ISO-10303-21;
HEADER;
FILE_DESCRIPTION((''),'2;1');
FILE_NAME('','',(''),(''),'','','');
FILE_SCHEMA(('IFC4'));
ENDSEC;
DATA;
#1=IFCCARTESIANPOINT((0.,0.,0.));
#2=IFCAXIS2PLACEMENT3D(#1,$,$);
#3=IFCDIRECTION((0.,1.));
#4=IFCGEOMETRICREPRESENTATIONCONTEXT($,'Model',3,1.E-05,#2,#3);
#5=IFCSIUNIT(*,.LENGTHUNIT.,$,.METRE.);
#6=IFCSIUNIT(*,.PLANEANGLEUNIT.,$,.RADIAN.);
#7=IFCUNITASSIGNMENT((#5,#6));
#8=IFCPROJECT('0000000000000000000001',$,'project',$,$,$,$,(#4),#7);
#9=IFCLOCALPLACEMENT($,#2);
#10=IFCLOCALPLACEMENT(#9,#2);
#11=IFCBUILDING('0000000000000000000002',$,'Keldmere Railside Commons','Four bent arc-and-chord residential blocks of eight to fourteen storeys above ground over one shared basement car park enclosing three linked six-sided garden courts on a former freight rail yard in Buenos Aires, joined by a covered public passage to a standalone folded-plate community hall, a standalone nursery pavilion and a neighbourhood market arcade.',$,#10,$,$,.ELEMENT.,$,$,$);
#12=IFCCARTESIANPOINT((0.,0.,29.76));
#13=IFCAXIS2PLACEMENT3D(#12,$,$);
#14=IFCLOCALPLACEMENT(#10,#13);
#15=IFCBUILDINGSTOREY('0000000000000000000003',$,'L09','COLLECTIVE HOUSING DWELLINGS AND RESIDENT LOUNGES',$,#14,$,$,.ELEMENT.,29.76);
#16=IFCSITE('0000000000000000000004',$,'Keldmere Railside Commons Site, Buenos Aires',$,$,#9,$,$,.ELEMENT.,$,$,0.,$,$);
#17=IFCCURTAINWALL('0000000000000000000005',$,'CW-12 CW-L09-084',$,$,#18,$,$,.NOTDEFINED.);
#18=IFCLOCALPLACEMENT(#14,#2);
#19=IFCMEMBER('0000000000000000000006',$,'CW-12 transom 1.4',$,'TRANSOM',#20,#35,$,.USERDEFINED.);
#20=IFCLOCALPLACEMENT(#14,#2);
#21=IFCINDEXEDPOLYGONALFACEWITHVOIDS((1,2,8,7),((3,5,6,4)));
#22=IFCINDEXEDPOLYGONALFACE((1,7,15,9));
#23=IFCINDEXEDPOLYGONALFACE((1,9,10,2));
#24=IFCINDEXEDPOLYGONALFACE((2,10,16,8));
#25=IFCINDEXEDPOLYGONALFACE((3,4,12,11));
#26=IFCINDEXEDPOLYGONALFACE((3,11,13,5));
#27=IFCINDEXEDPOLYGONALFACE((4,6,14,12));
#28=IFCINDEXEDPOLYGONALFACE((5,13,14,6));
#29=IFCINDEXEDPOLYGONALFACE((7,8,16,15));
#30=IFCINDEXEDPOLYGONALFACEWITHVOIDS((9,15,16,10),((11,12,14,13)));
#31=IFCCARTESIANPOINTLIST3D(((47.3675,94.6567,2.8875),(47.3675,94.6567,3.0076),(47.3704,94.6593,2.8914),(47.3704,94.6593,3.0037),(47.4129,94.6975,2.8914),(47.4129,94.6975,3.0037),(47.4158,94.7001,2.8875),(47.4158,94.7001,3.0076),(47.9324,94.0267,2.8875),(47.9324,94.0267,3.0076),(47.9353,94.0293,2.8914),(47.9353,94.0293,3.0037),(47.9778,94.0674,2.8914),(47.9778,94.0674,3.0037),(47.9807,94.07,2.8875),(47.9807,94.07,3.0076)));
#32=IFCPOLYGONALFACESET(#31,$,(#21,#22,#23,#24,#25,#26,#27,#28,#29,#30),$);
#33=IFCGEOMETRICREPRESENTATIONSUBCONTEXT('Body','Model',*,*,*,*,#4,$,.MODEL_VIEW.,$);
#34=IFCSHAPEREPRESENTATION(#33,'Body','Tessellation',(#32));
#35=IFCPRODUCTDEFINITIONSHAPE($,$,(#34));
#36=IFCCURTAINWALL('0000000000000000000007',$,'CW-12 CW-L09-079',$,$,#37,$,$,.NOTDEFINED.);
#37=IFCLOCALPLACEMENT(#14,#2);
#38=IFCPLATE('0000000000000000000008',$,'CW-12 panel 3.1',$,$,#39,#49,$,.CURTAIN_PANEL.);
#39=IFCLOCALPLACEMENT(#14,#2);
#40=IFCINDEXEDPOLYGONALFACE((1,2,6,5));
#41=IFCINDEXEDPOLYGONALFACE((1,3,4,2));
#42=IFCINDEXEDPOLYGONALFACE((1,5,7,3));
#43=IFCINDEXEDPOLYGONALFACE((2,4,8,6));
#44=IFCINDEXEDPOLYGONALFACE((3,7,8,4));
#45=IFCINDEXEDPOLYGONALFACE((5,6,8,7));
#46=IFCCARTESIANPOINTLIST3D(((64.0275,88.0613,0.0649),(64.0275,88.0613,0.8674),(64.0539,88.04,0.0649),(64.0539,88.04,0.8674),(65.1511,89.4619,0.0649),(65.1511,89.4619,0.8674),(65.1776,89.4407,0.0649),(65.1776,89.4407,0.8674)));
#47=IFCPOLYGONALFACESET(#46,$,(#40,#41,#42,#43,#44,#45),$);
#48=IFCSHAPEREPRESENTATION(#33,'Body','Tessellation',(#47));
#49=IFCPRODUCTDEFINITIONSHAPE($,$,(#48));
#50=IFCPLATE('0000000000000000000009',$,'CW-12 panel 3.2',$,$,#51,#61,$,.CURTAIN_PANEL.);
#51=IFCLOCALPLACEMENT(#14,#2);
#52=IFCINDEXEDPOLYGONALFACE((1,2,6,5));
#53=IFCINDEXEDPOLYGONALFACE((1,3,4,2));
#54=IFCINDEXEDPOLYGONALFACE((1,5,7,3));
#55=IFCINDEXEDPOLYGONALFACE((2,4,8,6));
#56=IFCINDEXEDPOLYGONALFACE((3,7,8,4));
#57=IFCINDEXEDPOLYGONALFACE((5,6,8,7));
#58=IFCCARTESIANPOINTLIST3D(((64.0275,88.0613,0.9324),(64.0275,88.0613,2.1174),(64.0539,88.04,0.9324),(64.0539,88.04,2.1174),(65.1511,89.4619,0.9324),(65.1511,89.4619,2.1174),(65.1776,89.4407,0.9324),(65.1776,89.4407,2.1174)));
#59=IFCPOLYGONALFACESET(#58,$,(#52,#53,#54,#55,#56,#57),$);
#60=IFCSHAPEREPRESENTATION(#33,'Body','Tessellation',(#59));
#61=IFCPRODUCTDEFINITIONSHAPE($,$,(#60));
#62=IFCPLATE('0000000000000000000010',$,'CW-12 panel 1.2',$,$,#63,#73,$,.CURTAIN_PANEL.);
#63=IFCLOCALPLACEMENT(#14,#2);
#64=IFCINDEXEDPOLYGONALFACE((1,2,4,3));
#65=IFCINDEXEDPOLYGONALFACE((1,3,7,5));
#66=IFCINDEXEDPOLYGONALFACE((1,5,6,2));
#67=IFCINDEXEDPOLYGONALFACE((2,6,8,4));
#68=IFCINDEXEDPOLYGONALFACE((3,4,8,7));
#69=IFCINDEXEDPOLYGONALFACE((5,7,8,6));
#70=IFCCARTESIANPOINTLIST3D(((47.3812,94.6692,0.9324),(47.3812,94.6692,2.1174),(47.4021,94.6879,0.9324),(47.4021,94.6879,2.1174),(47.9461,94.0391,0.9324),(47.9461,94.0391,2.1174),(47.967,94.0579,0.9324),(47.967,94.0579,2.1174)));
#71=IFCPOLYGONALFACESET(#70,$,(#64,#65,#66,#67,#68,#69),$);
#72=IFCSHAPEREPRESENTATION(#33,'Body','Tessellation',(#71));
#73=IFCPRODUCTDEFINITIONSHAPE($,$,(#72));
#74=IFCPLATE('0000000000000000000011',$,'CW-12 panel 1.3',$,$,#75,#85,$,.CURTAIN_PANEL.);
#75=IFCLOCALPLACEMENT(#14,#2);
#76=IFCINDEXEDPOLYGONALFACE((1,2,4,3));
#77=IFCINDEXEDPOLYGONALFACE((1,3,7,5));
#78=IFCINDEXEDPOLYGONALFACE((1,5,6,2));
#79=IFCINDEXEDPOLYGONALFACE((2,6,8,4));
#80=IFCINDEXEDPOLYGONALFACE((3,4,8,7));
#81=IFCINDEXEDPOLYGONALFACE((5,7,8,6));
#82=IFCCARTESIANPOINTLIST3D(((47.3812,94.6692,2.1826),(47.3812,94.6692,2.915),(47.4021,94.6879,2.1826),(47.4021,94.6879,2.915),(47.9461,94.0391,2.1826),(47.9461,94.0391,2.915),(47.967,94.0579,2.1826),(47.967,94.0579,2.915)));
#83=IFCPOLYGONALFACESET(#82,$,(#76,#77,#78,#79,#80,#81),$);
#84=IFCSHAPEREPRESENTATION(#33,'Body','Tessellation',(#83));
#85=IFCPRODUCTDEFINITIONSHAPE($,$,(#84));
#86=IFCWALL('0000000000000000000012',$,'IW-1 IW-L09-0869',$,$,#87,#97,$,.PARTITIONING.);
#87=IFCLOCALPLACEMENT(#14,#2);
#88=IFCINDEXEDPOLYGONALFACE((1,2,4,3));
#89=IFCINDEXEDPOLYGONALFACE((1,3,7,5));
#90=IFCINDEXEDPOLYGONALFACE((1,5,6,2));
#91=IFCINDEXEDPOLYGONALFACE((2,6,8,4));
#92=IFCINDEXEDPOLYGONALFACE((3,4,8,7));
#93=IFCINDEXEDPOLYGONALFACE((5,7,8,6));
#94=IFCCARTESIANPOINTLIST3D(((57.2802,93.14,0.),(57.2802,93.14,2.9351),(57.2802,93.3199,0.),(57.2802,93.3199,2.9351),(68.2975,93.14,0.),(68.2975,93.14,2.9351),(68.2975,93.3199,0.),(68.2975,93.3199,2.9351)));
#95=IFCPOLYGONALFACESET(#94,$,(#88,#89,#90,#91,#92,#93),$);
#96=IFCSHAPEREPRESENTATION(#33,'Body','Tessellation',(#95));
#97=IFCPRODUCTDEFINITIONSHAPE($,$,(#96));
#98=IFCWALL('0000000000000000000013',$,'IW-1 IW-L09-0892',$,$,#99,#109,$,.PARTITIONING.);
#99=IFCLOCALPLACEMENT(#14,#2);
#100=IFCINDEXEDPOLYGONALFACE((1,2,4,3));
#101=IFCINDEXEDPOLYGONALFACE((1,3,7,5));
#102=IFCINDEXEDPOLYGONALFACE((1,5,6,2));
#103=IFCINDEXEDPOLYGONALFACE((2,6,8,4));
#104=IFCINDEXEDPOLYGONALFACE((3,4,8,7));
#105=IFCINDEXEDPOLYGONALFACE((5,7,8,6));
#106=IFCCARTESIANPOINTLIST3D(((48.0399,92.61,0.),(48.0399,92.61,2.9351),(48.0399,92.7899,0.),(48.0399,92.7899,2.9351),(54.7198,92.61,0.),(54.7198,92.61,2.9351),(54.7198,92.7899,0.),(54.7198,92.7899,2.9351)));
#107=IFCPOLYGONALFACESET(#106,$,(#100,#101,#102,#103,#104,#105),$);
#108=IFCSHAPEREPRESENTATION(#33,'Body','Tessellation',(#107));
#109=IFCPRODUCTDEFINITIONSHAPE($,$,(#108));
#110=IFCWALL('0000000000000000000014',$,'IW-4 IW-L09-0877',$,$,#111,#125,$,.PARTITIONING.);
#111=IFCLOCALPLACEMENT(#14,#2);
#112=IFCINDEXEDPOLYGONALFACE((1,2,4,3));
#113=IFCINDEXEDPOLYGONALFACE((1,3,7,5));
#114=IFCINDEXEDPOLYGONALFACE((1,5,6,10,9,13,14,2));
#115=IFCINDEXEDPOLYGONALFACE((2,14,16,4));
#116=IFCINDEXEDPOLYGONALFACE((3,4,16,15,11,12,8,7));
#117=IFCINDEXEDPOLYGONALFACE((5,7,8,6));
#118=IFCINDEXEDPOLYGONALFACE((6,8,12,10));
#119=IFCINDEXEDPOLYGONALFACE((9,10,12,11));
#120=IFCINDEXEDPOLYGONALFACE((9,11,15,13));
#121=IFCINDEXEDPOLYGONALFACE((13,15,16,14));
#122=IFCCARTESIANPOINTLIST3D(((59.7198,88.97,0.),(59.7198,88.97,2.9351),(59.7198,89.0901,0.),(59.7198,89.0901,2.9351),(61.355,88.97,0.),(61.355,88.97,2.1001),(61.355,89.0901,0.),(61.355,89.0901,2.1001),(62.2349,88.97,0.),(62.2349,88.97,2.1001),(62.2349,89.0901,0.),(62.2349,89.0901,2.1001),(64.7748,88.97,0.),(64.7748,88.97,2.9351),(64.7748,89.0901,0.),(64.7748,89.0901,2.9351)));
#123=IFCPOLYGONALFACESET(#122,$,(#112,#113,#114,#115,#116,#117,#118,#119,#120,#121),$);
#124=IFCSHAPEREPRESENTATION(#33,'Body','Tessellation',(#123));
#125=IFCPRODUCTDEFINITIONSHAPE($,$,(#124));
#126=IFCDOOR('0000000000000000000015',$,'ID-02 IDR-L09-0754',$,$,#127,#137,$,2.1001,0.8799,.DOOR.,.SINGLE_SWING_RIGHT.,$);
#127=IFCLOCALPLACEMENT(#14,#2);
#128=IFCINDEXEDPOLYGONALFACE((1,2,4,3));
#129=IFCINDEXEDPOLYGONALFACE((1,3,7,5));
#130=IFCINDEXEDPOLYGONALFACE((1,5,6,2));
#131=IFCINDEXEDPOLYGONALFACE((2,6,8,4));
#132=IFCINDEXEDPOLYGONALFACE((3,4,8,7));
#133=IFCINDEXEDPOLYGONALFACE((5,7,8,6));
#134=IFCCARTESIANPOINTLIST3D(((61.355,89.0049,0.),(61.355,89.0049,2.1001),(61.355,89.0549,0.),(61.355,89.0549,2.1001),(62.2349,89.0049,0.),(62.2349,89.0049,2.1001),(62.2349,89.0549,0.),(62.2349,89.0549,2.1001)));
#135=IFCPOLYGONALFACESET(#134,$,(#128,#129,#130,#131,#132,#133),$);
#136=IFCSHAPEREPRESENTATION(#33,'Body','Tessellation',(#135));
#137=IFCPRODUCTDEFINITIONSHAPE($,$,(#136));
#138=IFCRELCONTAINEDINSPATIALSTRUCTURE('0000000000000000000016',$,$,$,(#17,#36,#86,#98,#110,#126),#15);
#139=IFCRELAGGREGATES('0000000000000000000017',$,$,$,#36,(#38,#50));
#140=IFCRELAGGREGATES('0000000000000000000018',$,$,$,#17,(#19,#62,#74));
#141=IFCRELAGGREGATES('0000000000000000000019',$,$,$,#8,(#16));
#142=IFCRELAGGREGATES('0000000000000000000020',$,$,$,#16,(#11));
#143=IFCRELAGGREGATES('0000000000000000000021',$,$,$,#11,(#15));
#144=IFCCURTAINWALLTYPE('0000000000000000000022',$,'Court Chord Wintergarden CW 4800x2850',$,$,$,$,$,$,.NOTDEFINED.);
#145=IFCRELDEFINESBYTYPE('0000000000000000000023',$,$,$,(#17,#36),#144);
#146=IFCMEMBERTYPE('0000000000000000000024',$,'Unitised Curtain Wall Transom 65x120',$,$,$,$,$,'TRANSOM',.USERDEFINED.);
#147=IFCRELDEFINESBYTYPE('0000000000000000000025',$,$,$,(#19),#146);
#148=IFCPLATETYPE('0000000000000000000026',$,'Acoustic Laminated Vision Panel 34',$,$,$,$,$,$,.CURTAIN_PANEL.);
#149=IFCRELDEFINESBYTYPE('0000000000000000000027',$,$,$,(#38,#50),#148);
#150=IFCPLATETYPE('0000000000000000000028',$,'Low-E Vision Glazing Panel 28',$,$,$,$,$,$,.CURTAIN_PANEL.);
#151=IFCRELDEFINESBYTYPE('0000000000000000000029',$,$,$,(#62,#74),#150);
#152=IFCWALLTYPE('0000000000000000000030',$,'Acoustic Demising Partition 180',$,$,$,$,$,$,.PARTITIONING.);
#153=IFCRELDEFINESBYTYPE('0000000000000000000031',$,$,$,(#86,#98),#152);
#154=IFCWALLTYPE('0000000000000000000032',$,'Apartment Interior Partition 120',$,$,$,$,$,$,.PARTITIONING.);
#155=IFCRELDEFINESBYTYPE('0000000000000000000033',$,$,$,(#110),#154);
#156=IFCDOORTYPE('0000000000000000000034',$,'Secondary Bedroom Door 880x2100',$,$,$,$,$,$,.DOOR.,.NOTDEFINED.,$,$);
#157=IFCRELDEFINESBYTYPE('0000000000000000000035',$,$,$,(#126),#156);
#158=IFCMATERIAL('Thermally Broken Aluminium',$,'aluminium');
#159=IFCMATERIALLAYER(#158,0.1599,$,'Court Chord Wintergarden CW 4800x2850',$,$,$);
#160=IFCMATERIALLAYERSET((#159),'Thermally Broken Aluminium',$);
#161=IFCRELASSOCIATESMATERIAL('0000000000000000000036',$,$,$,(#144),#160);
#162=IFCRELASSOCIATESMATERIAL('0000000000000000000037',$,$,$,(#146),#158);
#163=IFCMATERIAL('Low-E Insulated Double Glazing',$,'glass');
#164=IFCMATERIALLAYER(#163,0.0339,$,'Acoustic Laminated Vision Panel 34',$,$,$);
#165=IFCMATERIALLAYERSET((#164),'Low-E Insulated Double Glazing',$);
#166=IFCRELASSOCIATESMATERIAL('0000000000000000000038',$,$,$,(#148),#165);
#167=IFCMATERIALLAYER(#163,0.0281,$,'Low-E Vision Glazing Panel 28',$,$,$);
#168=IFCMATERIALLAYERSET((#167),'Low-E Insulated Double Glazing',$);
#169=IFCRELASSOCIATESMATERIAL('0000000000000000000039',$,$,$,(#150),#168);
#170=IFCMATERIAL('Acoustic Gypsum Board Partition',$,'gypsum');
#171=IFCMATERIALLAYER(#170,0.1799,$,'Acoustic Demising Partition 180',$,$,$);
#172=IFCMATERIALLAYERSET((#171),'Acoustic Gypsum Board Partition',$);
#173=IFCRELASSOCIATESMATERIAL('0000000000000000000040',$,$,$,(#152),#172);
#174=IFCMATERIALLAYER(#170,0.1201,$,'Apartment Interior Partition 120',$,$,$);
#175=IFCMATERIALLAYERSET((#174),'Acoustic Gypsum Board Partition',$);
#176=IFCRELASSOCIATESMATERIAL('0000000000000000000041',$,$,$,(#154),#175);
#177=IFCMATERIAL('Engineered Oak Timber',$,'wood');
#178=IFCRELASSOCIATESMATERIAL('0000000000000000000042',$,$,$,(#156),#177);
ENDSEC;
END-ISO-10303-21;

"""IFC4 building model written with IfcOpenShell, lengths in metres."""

from ifc_helpers import new_model, si_unit, direction, frame, frame_2d, origin, origin_2d, place, context, subcontext, project, spatial, rectangle, hollow_rectangle, extrude, material, layer, layer_set, material_profile, profile_set, type_object, element, fill, aggregate, save


model = new_model("IFC4")

# Units and contexts
model_context = context("Model", 3, precision=1e-05, world=origin(), true_north=direction((0.0, 1.0)))
body_context = subcontext(model_context, "Body", "Model", "MODEL_VIEW")
ifc_project = project(units=[si_unit("LENGTHUNIT", "METRE"), si_unit("PLANEANGLEUNIT", "RADIAN")], contexts=[model_context])

# Site, building, storey
site_placement = place(None, origin())
site = spatial("IfcSite", under=ifc_project, at=site_placement, Name="Keldmere Railside Commons Site, Buenos Aires", CompositionType="ELEMENT", RefElevation=0.0)
building_placement = place(site_placement, origin())
building = spatial("IfcBuilding", under=site, at=building_placement, Name="Keldmere Railside Commons", Description="Four bent arc-and-chord residential blocks of eight to fourteen storeys above ground over one shared basement car park enclosing three linked six-sided garden courts on a former freight rail yard in Buenos Aires, joined by a covered public passage to a standalone folded-plate community hall, a standalone nursery pavilion and a neighbourhood market arcade.", CompositionType="ELEMENT")
storey_placement = place(building_placement, frame((0.0, 0.0, 29.76)))
storey = spatial("IfcBuildingStorey", under=building, at=storey_placement, Name="L09", Description="COLLECTIVE HOUSING DWELLINGS AND RESIDENT LOUNGES", CompositionType="ELEMENT", Elevation=29.76)

# Curtain wall, member
ifc_material_1 = material(Name="Thermally Broken Aluminium", Category="aluminium")
ifc_layer_1 = layer(ifc_material_1, 0.1599, Name="Court Chord Wintergarden CW 4800x2850")
ifc_layer_set_1 = layer_set([ifc_layer_1], Name="Thermally Broken Aluminium")
curtain_wall_type = type_object("IfcCurtainWallType", Name="Court Chord Wintergarden CW 4800x2850", PredefinedType="NOTDEFINED", material=ifc_layer_set_1)
curtain_wall_1_placement = place(storey_placement, origin())
curtain_wall_1 = element("IfcCurtainWall", 1, at=curtain_wall_1_placement, inside=storey, type_object=curtain_wall_type, Name="CW-12 CW-L09-084", PredefinedType="NOTDEFINED")
ifc_material_profile_1 = material_profile(ifc_material_1, hollow_rectangle(XDim=0.0649, YDim=0.1201, WallThickness=0.0039, at=origin_2d()), Name="ALU-TRAN-65x120")
ifc_profile_set_1 = profile_set([ifc_material_profile_1], Name="Thermally Broken Aluminium")
member_type_1 = type_object("IfcMemberType", Name="Unitised Curtain Wall Transom 65x120", ElementType="TRANSOM", PredefinedType="USERDEFINED", material=ifc_profile_set_1)
member_1_placement = place(storey_placement, frame((47.9565, 94.0483, 2.9475), z_axis=(-0.667545, 0.744569, 0.0), x_axis=(-0.744569, -0.667545, 0.0)))
member_1 = element("IfcMember", 2, at=member_1_placement, type_object=member_type_1, Name="CW-12 transom 1.4", ObjectType="TRANSOM", PredefinedType="USERDEFINED", context=body_context, shape_type="SweptSolid", body=[
    extrude(hollow_rectangle(XDim=0.0649, YDim=0.1201, WallThickness=0.0039, at=origin_2d()), origin(), (0.0, 0.0, 1.0), 0.8462),
])

# Curtain wall, plates
curtain_wall_2_placement = place(storey_placement, origin())
curtain_wall_2 = element("IfcCurtainWall", 3, at=curtain_wall_2_placement, inside=storey, type_object=curtain_wall_type, Name="CW-12 CW-L09-079", PredefinedType="NOTDEFINED")
ifc_material_2 = material(Name="Low-E Insulated Double Glazing", Category="glass")
ifc_layer_2 = layer(ifc_material_2, 0.0339, Name="Acoustic Laminated Vision Panel 34")
ifc_layer_set_2 = layer_set([ifc_layer_2], Name="Low-E Insulated Double Glazing")
plate_type_1 = type_object("IfcPlateType", Name="Acoustic Laminated Vision Panel 34", PredefinedType="CURTAIN_PANEL", material=ifc_layer_set_2)
plate_1_placement = place(storey_placement, frame((64.6025, 88.751, 0.0649), z_axis=(0.0, 0.0, 1.0), x_axis=(-0.625768, -0.780009, 0.0)))
plate_1 = element("IfcPlate", 4, at=plate_1_placement, type_object=plate_type_1, Name="CW-12 panel 3.1", PredefinedType="CURTAIN_PANEL", context=body_context, shape_type="SweptSolid", body=[
    extrude(rectangle(XDim=1.7957, YDim=0.0339, at=origin_2d()), origin(), (0.0, 0.0, 1.0), 0.8025),
])
plate_2_placement = place(storey_placement, frame((64.6025, 88.751, 0.9324), z_axis=(0.0, 0.0, 1.0), x_axis=(-0.625768, -0.780009, 0.0)))
plate_2 = element("IfcPlate", 5, at=plate_2_placement, type_object=plate_type_1, Name="CW-12 panel 3.2", PredefinedType="CURTAIN_PANEL", context=body_context, shape_type="SweptSolid", body=[
    extrude(rectangle(XDim=1.7957, YDim=0.0339, at=origin_2d()), origin(), (0.0, 0.0, 1.0), 1.1851),
])
aggregate(curtain_wall_2, [plate_1, plate_2])

# Plates
ifc_layer_3 = layer(ifc_material_2, 0.0281, Name="Low-E Vision Glazing Panel 28")
ifc_layer_set_3 = layer_set([ifc_layer_3], Name="Low-E Insulated Double Glazing")
plate_type_2 = type_object("IfcPlateType", Name="Low-E Vision Glazing Panel 28", PredefinedType="CURTAIN_PANEL", material=ifc_layer_set_3)
plate_3_placement = place(storey_placement, frame((47.6741, 94.3635, 0.9324), z_axis=(0.0, 0.0, 1.0), x_axis=(-0.667559, 0.744557, 0.0)))
plate_3 = element("IfcPlate", 6, at=plate_3_placement, type_object=plate_type_2, Name="CW-12 panel 1.2", PredefinedType="CURTAIN_PANEL", context=body_context, shape_type="SweptSolid", body=[
    extrude(rectangle(XDim=0.8462, YDim=0.0281, at=origin_2d()), origin(), (0.0, 0.0, 1.0), 1.1851),
])
plate_4_placement = place(storey_placement, frame((47.6741, 94.3635, 2.1826), z_axis=(0.0, 0.0, 1.0), x_axis=(-0.667559, 0.744557, 0.0)))
plate_4 = element("IfcPlate", 7, at=plate_4_placement, type_object=plate_type_2, Name="CW-12 panel 1.3", PredefinedType="CURTAIN_PANEL", context=body_context, shape_type="SweptSolid", body=[
    extrude(rectangle(XDim=0.8462, YDim=0.0281, at=origin_2d()), origin(), (0.0, 0.0, 1.0), 0.7324),
])
aggregate(curtain_wall_1, [member_1, plate_3, plate_4])

# Walls
ifc_material_3 = material(Name="Acoustic Gypsum Board Partition", Category="gypsum")
ifc_layer_4 = layer(ifc_material_3, 0.1799, Name="Acoustic Demising Partition 180")
ifc_layer_set_4 = layer_set([ifc_layer_4], Name="Acoustic Gypsum Board Partition")
wall_type_1 = type_object("IfcWallType", Name="Acoustic Demising Partition 180", PredefinedType="PARTITIONING", material=ifc_layer_set_4)
wall_1_placement = place(storey_placement, frame((57.28, 93.23, 0.0), z_axis=(0.0, 0.0, 1.0), x_axis=(1.0, 0.0, 0.0)))
element("IfcWall", 8, at=wall_1_placement, inside=storey, type_object=wall_type_1, Name="IW-1 IW-L09-0869", PredefinedType="PARTITIONING", context=body_context, shape_type="SweptSolid", body=[
    extrude(rectangle(XDim=11.0173, YDim=0.1799, at=frame_2d((5.5088, 0.0))), origin(), (0.0, 0.0, 1.0), 2.9351),
])
wall_2_placement = place(storey_placement, frame((48.04, 92.7, 0.0), z_axis=(0.0, 0.0, 1.0), x_axis=(1.0, 0.0, 0.0)))
element("IfcWall", 9, at=wall_2_placement, inside=storey, type_object=wall_type_1, Name="IW-1 IW-L09-0892", PredefinedType="PARTITIONING", context=body_context, shape_type="SweptSolid", body=[
    extrude(rectangle(XDim=6.6799, YDim=0.1799, at=frame_2d((3.3398, 0.0))), origin(), (0.0, 0.0, 1.0), 2.9351),
])

# Wall, opening, door
ifc_layer_5 = layer(ifc_material_3, 0.1201, Name="Apartment Interior Partition 120")
ifc_layer_set_5 = layer_set([ifc_layer_5], Name="Acoustic Gypsum Board Partition")
wall_type_2 = type_object("IfcWallType", Name="Apartment Interior Partition 120", PredefinedType="PARTITIONING", material=ifc_layer_set_5)
wall_3_placement = place(storey_placement, frame((59.72, 89.03, 0.0), z_axis=(0.0, 0.0, 1.0), x_axis=(1.0, 0.0, 0.0)))
wall_3 = element("IfcWall", 10, at=wall_3_placement, inside=storey, type_object=wall_type_2, Name="IW-4 IW-L09-0877", PredefinedType="PARTITIONING", context=body_context, shape_type="SweptSolid", body=[
    extrude(rectangle(XDim=5.0549, YDim=0.1201, at=frame_2d((2.5273, 0.0))), origin(), (0.0, 0.0, 1.0), 2.9351),
])
opening_1_placement = place(wall_3_placement, frame((1.635, 0.0, 0.0)))
opening_1 = element("IfcOpeningElement", 11, at=opening_1_placement, cuts=wall_3, PredefinedType="OPENING", context=body_context, shape_type="SweptSolid", body=[
    extrude(rectangle(XDim=0.8799, YDim=2.1001, at=frame_2d((0.4399, 1.05))), frame((0.0, 0.0701, 0.0), z_axis=(0.0, -1.0, 0.0), x_axis=(1.0, 0.0, 0.0)), (0.0, 0.0, 1.0), 0.1401),
])
ifc_material_4 = material(Name="Engineered Oak Timber", Category="wood")
door_type_1 = type_object("IfcDoorType", Name="Secondary Bedroom Door 880x2100", OperationType="NOTDEFINED", PredefinedType="DOOR", material=ifc_material_4)
door_1_placement = place(opening_1_placement, origin())
door_1 = element("IfcDoor", 12, at=door_1_placement, inside=storey, type_object=door_type_1, Name="ID-02 IDR-L09-0754", OperationType="SINGLE_SWING_RIGHT", OverallHeight=2.1001, OverallWidth=0.8799, PredefinedType="DOOR", context=body_context, shape_type="SweptSolid", body=[
    extrude(rectangle(XDim=0.8799, YDim=2.1001, at=frame_2d((0.4399, 1.05))), frame((0.0, 0.0249, 0.0), z_axis=(0.0, -1.0, 0.0), x_axis=(1.0, 0.0, 0.0)), (0.0, 0.0, 1.0), 0.05),
])
fill(opening_1, door_1)

save(model, "model.ifc")
